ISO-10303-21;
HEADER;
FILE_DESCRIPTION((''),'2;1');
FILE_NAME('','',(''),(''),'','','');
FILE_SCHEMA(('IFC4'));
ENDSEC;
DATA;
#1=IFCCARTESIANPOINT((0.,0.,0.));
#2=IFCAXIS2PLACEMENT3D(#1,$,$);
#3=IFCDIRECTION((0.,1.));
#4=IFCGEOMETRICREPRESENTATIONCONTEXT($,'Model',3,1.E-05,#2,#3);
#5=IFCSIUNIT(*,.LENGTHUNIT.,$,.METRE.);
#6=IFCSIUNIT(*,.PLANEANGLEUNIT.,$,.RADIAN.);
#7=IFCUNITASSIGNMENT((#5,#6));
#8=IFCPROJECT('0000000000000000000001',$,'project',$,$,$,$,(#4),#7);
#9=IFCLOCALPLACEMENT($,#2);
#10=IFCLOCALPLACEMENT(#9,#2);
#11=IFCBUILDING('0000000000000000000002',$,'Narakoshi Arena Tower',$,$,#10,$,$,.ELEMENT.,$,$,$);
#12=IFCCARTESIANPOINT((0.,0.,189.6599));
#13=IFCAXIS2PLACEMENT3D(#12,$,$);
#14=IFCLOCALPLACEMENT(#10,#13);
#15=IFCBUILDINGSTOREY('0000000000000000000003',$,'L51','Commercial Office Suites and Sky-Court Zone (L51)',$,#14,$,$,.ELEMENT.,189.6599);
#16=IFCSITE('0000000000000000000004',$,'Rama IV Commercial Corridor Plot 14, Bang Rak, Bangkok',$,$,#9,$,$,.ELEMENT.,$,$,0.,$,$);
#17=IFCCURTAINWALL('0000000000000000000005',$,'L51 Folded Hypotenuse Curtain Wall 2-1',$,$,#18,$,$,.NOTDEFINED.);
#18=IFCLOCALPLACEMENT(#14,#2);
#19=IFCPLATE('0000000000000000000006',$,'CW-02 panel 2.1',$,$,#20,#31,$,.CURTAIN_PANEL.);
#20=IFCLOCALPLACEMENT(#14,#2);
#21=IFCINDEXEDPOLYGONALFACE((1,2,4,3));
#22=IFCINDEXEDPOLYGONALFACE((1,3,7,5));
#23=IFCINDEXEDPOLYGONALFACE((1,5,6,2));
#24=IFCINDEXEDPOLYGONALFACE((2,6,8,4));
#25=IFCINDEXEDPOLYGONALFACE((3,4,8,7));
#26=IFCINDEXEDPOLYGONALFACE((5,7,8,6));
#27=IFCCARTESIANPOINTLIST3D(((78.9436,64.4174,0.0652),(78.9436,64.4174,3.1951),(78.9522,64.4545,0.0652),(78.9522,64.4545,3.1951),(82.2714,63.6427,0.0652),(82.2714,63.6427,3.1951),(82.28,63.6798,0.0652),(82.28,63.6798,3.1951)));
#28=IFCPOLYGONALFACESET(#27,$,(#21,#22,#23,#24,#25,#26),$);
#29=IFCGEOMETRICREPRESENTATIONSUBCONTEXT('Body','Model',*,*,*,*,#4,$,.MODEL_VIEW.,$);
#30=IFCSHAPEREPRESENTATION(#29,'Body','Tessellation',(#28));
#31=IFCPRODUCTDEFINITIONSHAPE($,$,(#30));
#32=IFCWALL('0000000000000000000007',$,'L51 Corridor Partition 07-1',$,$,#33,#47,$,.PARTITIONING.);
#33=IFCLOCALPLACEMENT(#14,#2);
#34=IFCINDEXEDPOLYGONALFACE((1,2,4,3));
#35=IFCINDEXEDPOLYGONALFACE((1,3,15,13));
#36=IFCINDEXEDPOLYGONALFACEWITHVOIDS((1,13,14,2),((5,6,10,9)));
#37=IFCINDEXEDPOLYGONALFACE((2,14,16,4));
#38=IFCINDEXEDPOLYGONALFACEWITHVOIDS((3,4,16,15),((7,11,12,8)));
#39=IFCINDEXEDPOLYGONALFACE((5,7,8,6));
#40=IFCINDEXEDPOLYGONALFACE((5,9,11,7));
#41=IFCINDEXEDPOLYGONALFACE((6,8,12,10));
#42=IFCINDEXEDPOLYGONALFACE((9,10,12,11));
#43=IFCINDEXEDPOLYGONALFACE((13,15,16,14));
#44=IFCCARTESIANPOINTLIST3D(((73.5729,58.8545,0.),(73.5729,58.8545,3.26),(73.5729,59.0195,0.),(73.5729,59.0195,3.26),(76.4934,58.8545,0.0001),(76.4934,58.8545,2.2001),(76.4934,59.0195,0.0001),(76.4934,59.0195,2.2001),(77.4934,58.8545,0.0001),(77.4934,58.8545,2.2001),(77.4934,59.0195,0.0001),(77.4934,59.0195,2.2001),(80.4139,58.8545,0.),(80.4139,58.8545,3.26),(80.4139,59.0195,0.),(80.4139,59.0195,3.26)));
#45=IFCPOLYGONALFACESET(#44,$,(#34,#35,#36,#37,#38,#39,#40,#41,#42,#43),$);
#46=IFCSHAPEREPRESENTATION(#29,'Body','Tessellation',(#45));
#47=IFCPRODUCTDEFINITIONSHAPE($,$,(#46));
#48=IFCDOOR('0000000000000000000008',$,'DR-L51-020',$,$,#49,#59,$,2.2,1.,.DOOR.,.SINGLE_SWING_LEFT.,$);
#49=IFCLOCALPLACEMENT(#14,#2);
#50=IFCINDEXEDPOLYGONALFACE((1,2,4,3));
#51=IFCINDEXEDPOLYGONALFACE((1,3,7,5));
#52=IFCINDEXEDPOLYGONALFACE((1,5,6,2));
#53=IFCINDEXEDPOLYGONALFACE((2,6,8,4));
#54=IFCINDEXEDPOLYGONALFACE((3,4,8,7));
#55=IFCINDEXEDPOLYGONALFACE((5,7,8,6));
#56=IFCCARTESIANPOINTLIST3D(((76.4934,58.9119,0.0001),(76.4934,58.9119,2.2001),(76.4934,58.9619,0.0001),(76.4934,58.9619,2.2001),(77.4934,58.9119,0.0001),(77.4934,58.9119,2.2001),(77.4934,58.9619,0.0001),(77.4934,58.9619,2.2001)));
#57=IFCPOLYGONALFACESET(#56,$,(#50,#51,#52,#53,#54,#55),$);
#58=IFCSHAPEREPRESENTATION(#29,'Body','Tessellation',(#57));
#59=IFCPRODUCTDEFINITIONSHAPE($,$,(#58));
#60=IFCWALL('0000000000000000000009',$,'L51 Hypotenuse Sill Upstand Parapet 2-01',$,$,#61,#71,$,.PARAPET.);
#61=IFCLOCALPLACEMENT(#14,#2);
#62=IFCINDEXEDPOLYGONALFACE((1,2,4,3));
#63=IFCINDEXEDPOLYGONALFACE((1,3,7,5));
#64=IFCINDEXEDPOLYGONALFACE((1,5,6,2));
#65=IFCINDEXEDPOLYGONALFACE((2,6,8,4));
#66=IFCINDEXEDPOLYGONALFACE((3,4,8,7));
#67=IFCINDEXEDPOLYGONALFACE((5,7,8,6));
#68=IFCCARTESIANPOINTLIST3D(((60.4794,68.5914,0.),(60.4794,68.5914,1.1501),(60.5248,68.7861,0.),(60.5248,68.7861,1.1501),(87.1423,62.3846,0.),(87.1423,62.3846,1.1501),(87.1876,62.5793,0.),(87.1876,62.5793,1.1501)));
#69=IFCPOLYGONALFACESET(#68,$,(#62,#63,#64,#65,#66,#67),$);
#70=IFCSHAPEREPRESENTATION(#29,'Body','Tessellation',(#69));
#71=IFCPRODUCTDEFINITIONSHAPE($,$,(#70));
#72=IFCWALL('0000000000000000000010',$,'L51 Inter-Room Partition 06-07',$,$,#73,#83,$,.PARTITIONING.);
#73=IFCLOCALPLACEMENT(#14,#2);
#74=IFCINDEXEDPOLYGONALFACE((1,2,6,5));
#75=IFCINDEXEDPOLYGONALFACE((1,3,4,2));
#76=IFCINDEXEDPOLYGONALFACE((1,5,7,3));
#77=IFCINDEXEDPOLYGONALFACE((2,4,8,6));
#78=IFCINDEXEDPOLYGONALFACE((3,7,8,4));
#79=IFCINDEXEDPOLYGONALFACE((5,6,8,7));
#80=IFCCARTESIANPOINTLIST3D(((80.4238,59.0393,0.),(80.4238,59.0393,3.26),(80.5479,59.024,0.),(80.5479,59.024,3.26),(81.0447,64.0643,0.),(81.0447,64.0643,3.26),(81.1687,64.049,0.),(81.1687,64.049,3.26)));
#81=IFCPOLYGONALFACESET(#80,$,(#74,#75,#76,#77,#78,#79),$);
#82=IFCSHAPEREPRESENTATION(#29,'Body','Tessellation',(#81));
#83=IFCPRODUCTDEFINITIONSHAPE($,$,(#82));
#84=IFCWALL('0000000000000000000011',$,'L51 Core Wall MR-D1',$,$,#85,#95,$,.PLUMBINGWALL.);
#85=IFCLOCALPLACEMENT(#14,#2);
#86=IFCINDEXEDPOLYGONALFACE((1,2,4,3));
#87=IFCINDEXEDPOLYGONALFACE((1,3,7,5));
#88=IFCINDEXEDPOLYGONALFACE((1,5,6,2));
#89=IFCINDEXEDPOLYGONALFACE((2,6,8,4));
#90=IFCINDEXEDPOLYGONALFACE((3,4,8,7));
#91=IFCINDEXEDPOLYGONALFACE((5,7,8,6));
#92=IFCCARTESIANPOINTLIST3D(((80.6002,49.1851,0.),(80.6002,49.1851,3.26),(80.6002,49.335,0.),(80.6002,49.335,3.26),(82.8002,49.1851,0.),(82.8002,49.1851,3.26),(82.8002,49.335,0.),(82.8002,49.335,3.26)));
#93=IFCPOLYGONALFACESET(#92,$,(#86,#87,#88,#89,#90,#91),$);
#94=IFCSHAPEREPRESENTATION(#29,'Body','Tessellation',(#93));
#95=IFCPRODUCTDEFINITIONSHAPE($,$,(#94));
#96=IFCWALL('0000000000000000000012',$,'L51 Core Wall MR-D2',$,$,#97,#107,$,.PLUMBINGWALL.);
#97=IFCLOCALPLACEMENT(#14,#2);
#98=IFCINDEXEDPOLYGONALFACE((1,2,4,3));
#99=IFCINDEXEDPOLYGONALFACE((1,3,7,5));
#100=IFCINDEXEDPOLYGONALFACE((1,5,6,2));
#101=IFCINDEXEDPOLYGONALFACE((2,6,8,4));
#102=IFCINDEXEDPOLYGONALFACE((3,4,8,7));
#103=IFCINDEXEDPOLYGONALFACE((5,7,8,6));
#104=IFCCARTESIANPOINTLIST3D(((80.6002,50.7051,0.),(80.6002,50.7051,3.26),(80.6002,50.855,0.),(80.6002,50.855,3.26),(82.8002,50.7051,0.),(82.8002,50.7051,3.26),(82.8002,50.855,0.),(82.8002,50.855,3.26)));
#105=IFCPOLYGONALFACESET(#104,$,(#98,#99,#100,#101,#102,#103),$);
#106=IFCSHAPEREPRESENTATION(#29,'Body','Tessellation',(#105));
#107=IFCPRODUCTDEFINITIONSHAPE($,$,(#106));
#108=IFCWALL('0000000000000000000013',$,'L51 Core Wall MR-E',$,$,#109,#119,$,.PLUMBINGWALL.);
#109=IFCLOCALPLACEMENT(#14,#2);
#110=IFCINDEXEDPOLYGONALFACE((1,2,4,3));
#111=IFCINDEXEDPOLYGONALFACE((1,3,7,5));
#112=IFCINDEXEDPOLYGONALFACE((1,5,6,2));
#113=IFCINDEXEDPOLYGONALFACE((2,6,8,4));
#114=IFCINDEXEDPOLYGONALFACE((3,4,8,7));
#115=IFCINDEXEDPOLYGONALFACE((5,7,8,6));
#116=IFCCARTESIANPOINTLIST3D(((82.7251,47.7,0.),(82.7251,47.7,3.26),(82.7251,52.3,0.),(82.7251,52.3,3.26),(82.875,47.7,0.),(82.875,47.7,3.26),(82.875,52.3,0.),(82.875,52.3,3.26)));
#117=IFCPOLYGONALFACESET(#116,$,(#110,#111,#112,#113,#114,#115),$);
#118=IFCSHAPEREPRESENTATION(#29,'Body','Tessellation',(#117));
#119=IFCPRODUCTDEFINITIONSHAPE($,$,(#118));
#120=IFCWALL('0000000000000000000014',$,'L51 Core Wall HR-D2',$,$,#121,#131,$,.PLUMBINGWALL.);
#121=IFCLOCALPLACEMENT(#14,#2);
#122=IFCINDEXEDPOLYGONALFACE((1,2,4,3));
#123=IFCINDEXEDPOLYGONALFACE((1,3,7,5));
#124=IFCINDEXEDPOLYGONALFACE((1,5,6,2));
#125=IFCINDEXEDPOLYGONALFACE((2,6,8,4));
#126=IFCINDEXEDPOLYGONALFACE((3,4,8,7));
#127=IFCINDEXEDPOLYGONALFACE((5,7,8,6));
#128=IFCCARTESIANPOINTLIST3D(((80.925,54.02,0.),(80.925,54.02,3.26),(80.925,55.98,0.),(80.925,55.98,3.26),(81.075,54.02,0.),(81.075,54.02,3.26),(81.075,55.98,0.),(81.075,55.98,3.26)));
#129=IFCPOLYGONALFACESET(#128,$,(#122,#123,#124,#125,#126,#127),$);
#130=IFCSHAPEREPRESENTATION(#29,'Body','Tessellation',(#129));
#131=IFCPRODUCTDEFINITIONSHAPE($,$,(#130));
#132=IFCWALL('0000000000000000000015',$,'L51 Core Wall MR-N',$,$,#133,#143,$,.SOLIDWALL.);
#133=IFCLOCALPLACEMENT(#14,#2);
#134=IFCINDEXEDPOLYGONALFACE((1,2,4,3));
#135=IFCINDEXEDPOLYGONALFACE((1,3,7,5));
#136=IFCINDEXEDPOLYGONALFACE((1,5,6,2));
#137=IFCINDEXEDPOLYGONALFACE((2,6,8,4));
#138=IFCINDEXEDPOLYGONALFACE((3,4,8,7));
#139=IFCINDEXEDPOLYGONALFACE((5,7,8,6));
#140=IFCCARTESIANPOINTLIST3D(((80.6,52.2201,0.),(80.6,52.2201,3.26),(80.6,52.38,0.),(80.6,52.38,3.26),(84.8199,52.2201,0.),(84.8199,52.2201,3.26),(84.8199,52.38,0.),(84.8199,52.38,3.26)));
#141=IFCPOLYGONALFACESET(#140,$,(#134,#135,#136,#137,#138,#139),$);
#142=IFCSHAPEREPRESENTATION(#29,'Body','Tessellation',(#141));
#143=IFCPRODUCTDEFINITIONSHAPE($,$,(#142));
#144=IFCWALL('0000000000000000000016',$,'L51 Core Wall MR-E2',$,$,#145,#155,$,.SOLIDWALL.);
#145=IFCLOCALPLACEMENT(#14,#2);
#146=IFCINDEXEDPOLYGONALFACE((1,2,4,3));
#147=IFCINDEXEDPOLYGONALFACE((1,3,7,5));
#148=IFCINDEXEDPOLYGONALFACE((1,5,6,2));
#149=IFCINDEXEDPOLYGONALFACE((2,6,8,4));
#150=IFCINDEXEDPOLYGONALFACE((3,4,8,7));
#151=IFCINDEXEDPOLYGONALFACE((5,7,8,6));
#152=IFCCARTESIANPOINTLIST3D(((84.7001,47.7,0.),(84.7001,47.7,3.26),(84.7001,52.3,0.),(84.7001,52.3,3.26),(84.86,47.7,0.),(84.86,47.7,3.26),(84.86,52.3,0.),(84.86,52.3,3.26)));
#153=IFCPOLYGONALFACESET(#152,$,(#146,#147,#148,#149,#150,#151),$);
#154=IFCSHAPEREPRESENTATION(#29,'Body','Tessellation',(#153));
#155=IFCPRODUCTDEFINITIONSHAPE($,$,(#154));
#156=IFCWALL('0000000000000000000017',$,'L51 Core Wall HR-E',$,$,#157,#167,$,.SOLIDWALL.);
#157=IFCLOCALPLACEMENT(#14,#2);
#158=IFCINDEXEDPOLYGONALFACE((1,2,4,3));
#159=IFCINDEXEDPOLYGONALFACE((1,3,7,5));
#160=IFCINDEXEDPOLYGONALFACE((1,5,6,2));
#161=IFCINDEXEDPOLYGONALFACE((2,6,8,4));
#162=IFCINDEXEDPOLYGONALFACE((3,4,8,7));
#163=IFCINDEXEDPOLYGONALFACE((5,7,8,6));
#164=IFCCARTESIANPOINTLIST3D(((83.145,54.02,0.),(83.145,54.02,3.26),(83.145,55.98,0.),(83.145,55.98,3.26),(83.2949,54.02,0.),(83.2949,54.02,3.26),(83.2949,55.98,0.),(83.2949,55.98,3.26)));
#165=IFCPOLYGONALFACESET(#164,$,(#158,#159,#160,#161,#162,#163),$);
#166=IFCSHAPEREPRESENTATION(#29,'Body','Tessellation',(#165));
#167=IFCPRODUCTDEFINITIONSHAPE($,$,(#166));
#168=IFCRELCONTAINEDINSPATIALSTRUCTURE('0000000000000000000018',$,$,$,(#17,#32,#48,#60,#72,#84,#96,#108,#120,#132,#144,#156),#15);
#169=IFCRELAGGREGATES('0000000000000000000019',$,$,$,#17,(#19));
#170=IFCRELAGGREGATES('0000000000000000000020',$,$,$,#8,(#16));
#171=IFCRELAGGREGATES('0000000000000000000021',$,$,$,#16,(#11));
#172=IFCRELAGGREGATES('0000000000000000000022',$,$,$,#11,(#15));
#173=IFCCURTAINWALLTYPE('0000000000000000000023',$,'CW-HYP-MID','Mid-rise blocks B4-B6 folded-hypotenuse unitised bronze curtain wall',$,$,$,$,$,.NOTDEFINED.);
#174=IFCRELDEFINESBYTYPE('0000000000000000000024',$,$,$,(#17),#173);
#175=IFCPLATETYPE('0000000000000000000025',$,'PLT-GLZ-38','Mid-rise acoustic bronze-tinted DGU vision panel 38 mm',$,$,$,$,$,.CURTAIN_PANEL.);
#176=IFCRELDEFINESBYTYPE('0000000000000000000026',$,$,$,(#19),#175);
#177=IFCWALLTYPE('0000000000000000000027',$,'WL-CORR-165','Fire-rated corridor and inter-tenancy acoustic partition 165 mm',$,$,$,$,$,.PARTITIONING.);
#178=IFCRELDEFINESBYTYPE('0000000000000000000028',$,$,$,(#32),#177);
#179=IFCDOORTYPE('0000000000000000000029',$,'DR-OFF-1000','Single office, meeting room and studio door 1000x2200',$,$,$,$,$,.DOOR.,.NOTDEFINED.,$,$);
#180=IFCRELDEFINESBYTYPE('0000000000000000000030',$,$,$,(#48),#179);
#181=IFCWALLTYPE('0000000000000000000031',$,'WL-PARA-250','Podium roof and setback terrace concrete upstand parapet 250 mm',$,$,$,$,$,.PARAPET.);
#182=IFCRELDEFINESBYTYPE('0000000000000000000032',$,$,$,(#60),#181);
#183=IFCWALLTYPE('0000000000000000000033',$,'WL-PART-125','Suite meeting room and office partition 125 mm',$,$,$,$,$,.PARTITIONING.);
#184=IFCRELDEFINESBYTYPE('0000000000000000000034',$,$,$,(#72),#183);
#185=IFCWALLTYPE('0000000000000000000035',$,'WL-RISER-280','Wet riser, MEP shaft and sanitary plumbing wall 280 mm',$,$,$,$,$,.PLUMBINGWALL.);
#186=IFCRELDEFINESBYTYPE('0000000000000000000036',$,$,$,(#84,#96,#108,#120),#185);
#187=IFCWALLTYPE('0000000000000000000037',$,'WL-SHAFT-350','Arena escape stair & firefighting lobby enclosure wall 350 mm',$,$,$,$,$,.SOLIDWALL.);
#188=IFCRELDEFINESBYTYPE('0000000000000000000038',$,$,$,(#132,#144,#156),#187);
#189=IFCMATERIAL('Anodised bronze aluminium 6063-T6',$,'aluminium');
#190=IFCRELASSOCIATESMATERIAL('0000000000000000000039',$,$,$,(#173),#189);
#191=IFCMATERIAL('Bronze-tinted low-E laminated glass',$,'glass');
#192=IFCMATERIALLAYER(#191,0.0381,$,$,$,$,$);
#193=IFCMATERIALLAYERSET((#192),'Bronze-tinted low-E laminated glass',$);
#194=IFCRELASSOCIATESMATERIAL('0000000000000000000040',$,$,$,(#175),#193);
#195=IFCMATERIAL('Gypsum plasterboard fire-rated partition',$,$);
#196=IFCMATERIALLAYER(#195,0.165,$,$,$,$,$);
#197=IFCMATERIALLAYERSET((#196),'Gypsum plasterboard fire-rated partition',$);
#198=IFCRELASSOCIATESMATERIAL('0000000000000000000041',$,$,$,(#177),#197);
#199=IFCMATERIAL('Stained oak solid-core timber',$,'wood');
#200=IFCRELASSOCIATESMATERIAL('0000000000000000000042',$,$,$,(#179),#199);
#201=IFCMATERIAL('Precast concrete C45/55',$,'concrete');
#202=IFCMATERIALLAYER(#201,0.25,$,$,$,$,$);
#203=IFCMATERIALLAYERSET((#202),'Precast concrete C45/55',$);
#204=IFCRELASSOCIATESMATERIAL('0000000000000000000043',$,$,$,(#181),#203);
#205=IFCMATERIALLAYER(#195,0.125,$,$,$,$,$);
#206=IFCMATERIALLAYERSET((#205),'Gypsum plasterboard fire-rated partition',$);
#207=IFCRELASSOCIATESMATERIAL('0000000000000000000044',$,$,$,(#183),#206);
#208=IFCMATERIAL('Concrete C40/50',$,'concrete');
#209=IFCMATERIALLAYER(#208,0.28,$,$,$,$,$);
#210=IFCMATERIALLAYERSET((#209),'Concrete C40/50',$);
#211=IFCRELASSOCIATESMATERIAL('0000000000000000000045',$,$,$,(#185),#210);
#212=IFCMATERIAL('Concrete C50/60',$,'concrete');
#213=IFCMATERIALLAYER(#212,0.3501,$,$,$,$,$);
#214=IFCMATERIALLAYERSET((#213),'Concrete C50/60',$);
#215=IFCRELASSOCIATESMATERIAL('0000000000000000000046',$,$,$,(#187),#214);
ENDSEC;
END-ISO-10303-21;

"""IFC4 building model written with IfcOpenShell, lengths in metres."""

from ifc_helpers import new_model, si_unit, direction, frame, frame_2d, origin, origin_2d, place, context, subcontext, project, spatial, rectangle, extrude, material, layer, layer_set, type_object, element, fill, aggregate, save


model = new_model("IFC4")

# Units and contexts
model_context = context("Model", 3, precision=1e-05, world=origin(), true_north=direction((0.0, 1.0)))
body_context = subcontext(model_context, "Body", "Model", "MODEL_VIEW")
ifc_project = project(units=[si_unit("LENGTHUNIT", "METRE"), si_unit("PLANEANGLEUNIT", "RADIAN")], contexts=[model_context])

# Site, building, storey
site_placement = place(None, origin())
site = spatial("IfcSite", under=ifc_project, at=site_placement, Name="Rama IV Commercial Corridor Plot 14, Bang Rak, Bangkok", CompositionType="ELEMENT", RefElevation=0.0)
building_placement = place(site_placement, origin())
building = spatial("IfcBuilding", under=site, at=building_placement, Name="Narakoshi Arena Tower", CompositionType="ELEMENT")
storey_placement = place(building_placement, frame((0.0, 0.0, 189.6599)))
storey = spatial("IfcBuildingStorey", under=building, at=storey_placement, Name="L51", Description="Commercial Office Suites and Sky-Court Zone (L51)", CompositionType="ELEMENT", Elevation=189.6599)

# Shared definitions
ifc_material_1 = material(Name="Concrete C50/60", Category="concrete")

# Shared definitions
ifc_material_2 = material(Name="Anodised bronze aluminium 6063-T6", Category="aluminium")
curtain_wall_type = type_object("IfcCurtainWallType", Name="CW-HYP-MID", Description="Mid-rise blocks B4-B6 folded-hypotenuse unitised bronze curtain wall", PredefinedType="NOTDEFINED", material=ifc_material_2)

# Curtain wall, plate
curtain_wall_1_placement = place(storey_placement, origin())
curtain_wall_1 = element("IfcCurtainWall", 1, at=curtain_wall_1_placement, inside=storey, type_object=curtain_wall_type, Name="L51 Folded Hypotenuse Curtain Wall 2-1", PredefinedType="NOTDEFINED")
ifc_material_3 = material(Name="Bronze-tinted low-E laminated glass", Category="glass")
ifc_layer_1 = layer(ifc_material_3, 0.0381)
ifc_layer_set_1 = layer_set([ifc_layer_1], Name="Bronze-tinted low-E laminated glass")
plate_type = type_object("IfcPlateType", Name="PLT-GLZ-38", Description="Mid-rise acoustic bronze-tinted DGU vision panel 38 mm", PredefinedType="CURTAIN_PANEL", material=ifc_layer_set_1)
plate_1_placement = place(storey_placement, frame((80.6118, 64.0486, 0.0652), z_axis=(0.0, 0.0, 1.0), x_axis=(-0.97396, 0.226721, 0.0)))
plate_1 = element("IfcPlate", 2, at=plate_1_placement, type_object=plate_type, Name="CW-02 panel 2.1", PredefinedType="CURTAIN_PANEL", context=body_context, shape_type="SweptSolid", body=[
    extrude(rectangle(XDim=3.4167, YDim=0.0381, at=origin_2d()), origin(), (0.0, 0.0, 1.0), 3.1299),
])
aggregate(curtain_wall_1, [plate_1])

# Wall, opening, door
ifc_material_4 = material(Name="Gypsum plasterboard fire-rated partition")
ifc_layer_2 = layer(ifc_material_4, 0.165)
ifc_layer_set_2 = layer_set([ifc_layer_2], Name="Gypsum plasterboard fire-rated partition")
wall_type_1 = type_object("IfcWallType", Name="WL-CORR-165", Description="Fire-rated corridor and inter-tenancy acoustic partition 165 mm", PredefinedType="PARTITIONING", material=ifc_layer_set_2)
wall_1_placement = place(storey_placement, frame((80.4138, 58.937, 0.0), z_axis=(0.0, 0.0, 1.0), x_axis=(-1.0, 0.0, 0.0)))
wall_1 = element("IfcWall", 3, at=wall_1_placement, inside=storey, type_object=wall_type_1, Name="L51 Corridor Partition 07-1", PredefinedType="PARTITIONING", context=body_context, shape_type="SweptSolid", body=[
    extrude(rectangle(XDim=6.8411, YDim=0.165, at=frame_2d((3.4204, 0.0))), origin(), (0.0, 0.0, 1.0), 3.26),
])
opening_1_placement = place(wall_1_placement, frame((2.9204, 0.0, 0.0)))
opening_1 = element("IfcOpeningElement", 4, at=opening_1_placement, cuts=wall_1, PredefinedType="OPENING", context=body_context, shape_type="SweptSolid", body=[
    extrude(rectangle(XDim=1.0, YDim=2.2, at=frame_2d((0.5, 1.1001))), frame((0.0, 0.0925, 0.0), z_axis=(0.0, -1.0, 0.0), x_axis=(1.0, 0.0, 0.0)), (0.0, 0.0, 1.0), 0.1851),
])
ifc_material_5 = material(Name="Stained oak solid-core timber", Category="wood")
door_type_1 = type_object("IfcDoorType", Name="DR-OFF-1000", Description="Single office, meeting room and studio door 1000x2200", OperationType="NOTDEFINED", PredefinedType="DOOR", material=ifc_material_5)
door_1_placement = place(opening_1_placement, frame((1.0, 0.0, 0.0), z_axis=(0.0, 0.0, 1.0), x_axis=(-1.0, 0.0, 0.0)))
door_1 = element("IfcDoor", 5, at=door_1_placement, inside=storey, type_object=door_type_1, Name="DR-L51-020", OperationType="SINGLE_SWING_LEFT", OverallHeight=2.2, OverallWidth=1.0, PredefinedType="DOOR", context=body_context, shape_type="SweptSolid", body=[
    extrude(rectangle(XDim=1.0, YDim=2.2, at=frame_2d((0.5, 1.1001))), frame((0.0, 0.0249, 0.0), z_axis=(0.0, -1.0, 0.0), x_axis=(1.0, 0.0, 0.0)), (0.0, 0.0, 1.0), 0.05),
])
fill(opening_1, door_1)

# Walls
ifc_material_6 = material(Name="Precast concrete C45/55", Category="concrete")
ifc_layer_3 = layer(ifc_material_6, 0.25)
ifc_layer_set_3 = layer_set([ifc_layer_3], Name="Precast concrete C45/55")
wall_type_2 = type_object("IfcWallType", Name="WL-PARA-250", Description="Podium roof and setback terrace concrete upstand parapet 250 mm", PredefinedType="PARAPET", material=ifc_layer_set_3)
wall_2_placement = place(storey_placement, frame((87.165, 62.4819, 0.0), z_axis=(0.0, 0.0, 1.0), x_axis=(-0.973959, 0.226726, 0.0)))
element("IfcWall", 6, at=wall_2_placement, inside=storey, type_object=wall_type_2, Name="L51 Hypotenuse Sill Upstand Parapet 2-01", PredefinedType="PARAPET", context=body_context, shape_type="SweptSolid", body=[
    extrude(rectangle(XDim=27.3757, YDim=0.2, at=frame_2d((13.688, 0.0))), origin(), (0.0, 0.0, 1.0), 1.1501),
])
ifc_layer_4 = layer(ifc_material_4, 0.125)
ifc_layer_set_4 = layer_set([ifc_layer_4], Name="Gypsum plasterboard fire-rated partition")
wall_type_3 = type_object("IfcWallType", Name="WL-PART-125", Description="Suite meeting room and office partition 125 mm", PredefinedType="PARTITIONING", material=ifc_layer_set_4)
wall_3_placement = place(storey_placement, frame((80.4858, 59.0315, 0.0), z_axis=(0.0, 0.0, 1.0), x_axis=(0.122622, 0.992453, 0.0)))
element("IfcWall", 7, at=wall_3_placement, inside=storey, type_object=wall_type_3, Name="L51 Inter-Room Partition 06-07", PredefinedType="PARTITIONING", context=body_context, shape_type="SweptSolid", body=[
    extrude(rectangle(XDim=5.0632, YDim=0.125, at=frame_2d((2.5317, 0.0))), origin(), (0.0, 0.0, 1.0), 3.26),
])
ifc_material_7 = material(Name="Concrete C40/50", Category="concrete")
ifc_layer_5 = layer(ifc_material_7, 0.28)
ifc_layer_set_5 = layer_set([ifc_layer_5], Name="Concrete C40/50")
wall_type_4 = type_object("IfcWallType", Name="WL-RISER-280", Description="Wet riser, MEP shaft and sanitary plumbing wall 280 mm", PredefinedType="PLUMBINGWALL", material=ifc_layer_set_5)
for number, where, z_axis, x_axis, name in (
    (8, (80.6001, 49.26, 0.0), (0.0, 0.0, 1.0), (1.0, 0.0, 0.0), "L51 Core Wall MR-D1"),
    (9, (80.6001, 50.78, 0.0), (0.0, 0.0, 1.0), (1.0, 0.0, 0.0), "L51 Core Wall MR-D2"),
):
    element("IfcWall", number, at=place(storey_placement, frame(where, z_axis=z_axis, x_axis=x_axis)), inside=storey, type_object=wall_type_4, Name=name, PredefinedType="PLUMBINGWALL", context=body_context, shape_type="SweptSolid", body=[
        extrude(rectangle(XDim=2.2, YDim=0.1499, at=frame_2d((1.1001, 0.0))), origin(), (0.0, 0.0, 1.0), 3.26),
    ])
wall_4_placement = place(storey_placement, frame((82.8, 47.7, 0.0), z_axis=(0.0, 0.0, 1.0), x_axis=(0.0, 1.0, 0.0)))
element("IfcWall", 10, at=wall_4_placement, inside=storey, type_object=wall_type_4, Name="L51 Core Wall MR-E", PredefinedType="PLUMBINGWALL", context=body_context, shape_type="SweptSolid", body=[
    extrude(rectangle(XDim=4.6001, YDim=0.1499, at=frame_2d((2.3, 0.0))), origin(), (0.0, 0.0, 1.0), 3.26),
])
wall_5_placement = place(storey_placement, frame((81.0, 54.02, 0.0), z_axis=(0.0, 0.0, 1.0), x_axis=(0.0, 1.0, 0.0)))
element("IfcWall", 11, at=wall_5_placement, inside=storey, type_object=wall_type_4, Name="L51 Core Wall HR-D2", PredefinedType="PLUMBINGWALL", context=body_context, shape_type="SweptSolid", body=[
    extrude(rectangle(XDim=1.96, YDim=0.1499, at=frame_2d((0.98, 0.0))), origin(), (0.0, 0.0, 1.0), 3.26),
])
ifc_layer_6 = layer(ifc_material_1, 0.3501)
ifc_layer_set_6 = layer_set([ifc_layer_6], Name="Concrete C50/60")
wall_type_5 = type_object("IfcWallType", Name="WL-SHAFT-350", Description="Arena escape stair & firefighting lobby enclosure wall 350 mm", PredefinedType="SOLIDWALL", material=ifc_layer_set_6)
wall_6_placement = place(storey_placement, frame((80.6001, 52.3, 0.0), z_axis=(0.0, 0.0, 1.0), x_axis=(1.0, 0.0, 0.0)))
element("IfcWall", 12, at=wall_6_placement, inside=storey, type_object=wall_type_5, Name="L51 Core Wall MR-N", PredefinedType="SOLIDWALL", context=body_context, shape_type="SweptSolid", body=[
    extrude(rectangle(XDim=4.22, YDim=0.1599, at=frame_2d((2.1099, 0.0))), origin(), (0.0, 0.0, 1.0), 3.26),
])
wall_7_placement = place(storey_placement, frame((84.78, 47.7, 0.0), z_axis=(0.0, 0.0, 1.0), x_axis=(0.0, 1.0, 0.0)))
element("IfcWall", 13, at=wall_7_placement, inside=storey, type_object=wall_type_5, Name="L51 Core Wall MR-E2", PredefinedType="SOLIDWALL", context=body_context, shape_type="SweptSolid", body=[
    extrude(rectangle(XDim=4.6001, YDim=0.1599, at=frame_2d((2.3, 0.0))), origin(), (0.0, 0.0, 1.0), 3.26),
])
wall_8_placement = place(storey_placement, frame((83.22, 54.02, 0.0), z_axis=(0.0, 0.0, 1.0), x_axis=(0.0, 1.0, 0.0)))
element("IfcWall", 14, at=wall_8_placement, inside=storey, type_object=wall_type_5, Name="L51 Core Wall HR-E", PredefinedType="SOLIDWALL", context=body_context, shape_type="SweptSolid", body=[
    extrude(rectangle(XDim=1.96, YDim=0.1499, at=frame_2d((0.98, 0.0))), origin(), (0.0, 0.0, 1.0), 3.26),
])

save(model, "model.ifc")
